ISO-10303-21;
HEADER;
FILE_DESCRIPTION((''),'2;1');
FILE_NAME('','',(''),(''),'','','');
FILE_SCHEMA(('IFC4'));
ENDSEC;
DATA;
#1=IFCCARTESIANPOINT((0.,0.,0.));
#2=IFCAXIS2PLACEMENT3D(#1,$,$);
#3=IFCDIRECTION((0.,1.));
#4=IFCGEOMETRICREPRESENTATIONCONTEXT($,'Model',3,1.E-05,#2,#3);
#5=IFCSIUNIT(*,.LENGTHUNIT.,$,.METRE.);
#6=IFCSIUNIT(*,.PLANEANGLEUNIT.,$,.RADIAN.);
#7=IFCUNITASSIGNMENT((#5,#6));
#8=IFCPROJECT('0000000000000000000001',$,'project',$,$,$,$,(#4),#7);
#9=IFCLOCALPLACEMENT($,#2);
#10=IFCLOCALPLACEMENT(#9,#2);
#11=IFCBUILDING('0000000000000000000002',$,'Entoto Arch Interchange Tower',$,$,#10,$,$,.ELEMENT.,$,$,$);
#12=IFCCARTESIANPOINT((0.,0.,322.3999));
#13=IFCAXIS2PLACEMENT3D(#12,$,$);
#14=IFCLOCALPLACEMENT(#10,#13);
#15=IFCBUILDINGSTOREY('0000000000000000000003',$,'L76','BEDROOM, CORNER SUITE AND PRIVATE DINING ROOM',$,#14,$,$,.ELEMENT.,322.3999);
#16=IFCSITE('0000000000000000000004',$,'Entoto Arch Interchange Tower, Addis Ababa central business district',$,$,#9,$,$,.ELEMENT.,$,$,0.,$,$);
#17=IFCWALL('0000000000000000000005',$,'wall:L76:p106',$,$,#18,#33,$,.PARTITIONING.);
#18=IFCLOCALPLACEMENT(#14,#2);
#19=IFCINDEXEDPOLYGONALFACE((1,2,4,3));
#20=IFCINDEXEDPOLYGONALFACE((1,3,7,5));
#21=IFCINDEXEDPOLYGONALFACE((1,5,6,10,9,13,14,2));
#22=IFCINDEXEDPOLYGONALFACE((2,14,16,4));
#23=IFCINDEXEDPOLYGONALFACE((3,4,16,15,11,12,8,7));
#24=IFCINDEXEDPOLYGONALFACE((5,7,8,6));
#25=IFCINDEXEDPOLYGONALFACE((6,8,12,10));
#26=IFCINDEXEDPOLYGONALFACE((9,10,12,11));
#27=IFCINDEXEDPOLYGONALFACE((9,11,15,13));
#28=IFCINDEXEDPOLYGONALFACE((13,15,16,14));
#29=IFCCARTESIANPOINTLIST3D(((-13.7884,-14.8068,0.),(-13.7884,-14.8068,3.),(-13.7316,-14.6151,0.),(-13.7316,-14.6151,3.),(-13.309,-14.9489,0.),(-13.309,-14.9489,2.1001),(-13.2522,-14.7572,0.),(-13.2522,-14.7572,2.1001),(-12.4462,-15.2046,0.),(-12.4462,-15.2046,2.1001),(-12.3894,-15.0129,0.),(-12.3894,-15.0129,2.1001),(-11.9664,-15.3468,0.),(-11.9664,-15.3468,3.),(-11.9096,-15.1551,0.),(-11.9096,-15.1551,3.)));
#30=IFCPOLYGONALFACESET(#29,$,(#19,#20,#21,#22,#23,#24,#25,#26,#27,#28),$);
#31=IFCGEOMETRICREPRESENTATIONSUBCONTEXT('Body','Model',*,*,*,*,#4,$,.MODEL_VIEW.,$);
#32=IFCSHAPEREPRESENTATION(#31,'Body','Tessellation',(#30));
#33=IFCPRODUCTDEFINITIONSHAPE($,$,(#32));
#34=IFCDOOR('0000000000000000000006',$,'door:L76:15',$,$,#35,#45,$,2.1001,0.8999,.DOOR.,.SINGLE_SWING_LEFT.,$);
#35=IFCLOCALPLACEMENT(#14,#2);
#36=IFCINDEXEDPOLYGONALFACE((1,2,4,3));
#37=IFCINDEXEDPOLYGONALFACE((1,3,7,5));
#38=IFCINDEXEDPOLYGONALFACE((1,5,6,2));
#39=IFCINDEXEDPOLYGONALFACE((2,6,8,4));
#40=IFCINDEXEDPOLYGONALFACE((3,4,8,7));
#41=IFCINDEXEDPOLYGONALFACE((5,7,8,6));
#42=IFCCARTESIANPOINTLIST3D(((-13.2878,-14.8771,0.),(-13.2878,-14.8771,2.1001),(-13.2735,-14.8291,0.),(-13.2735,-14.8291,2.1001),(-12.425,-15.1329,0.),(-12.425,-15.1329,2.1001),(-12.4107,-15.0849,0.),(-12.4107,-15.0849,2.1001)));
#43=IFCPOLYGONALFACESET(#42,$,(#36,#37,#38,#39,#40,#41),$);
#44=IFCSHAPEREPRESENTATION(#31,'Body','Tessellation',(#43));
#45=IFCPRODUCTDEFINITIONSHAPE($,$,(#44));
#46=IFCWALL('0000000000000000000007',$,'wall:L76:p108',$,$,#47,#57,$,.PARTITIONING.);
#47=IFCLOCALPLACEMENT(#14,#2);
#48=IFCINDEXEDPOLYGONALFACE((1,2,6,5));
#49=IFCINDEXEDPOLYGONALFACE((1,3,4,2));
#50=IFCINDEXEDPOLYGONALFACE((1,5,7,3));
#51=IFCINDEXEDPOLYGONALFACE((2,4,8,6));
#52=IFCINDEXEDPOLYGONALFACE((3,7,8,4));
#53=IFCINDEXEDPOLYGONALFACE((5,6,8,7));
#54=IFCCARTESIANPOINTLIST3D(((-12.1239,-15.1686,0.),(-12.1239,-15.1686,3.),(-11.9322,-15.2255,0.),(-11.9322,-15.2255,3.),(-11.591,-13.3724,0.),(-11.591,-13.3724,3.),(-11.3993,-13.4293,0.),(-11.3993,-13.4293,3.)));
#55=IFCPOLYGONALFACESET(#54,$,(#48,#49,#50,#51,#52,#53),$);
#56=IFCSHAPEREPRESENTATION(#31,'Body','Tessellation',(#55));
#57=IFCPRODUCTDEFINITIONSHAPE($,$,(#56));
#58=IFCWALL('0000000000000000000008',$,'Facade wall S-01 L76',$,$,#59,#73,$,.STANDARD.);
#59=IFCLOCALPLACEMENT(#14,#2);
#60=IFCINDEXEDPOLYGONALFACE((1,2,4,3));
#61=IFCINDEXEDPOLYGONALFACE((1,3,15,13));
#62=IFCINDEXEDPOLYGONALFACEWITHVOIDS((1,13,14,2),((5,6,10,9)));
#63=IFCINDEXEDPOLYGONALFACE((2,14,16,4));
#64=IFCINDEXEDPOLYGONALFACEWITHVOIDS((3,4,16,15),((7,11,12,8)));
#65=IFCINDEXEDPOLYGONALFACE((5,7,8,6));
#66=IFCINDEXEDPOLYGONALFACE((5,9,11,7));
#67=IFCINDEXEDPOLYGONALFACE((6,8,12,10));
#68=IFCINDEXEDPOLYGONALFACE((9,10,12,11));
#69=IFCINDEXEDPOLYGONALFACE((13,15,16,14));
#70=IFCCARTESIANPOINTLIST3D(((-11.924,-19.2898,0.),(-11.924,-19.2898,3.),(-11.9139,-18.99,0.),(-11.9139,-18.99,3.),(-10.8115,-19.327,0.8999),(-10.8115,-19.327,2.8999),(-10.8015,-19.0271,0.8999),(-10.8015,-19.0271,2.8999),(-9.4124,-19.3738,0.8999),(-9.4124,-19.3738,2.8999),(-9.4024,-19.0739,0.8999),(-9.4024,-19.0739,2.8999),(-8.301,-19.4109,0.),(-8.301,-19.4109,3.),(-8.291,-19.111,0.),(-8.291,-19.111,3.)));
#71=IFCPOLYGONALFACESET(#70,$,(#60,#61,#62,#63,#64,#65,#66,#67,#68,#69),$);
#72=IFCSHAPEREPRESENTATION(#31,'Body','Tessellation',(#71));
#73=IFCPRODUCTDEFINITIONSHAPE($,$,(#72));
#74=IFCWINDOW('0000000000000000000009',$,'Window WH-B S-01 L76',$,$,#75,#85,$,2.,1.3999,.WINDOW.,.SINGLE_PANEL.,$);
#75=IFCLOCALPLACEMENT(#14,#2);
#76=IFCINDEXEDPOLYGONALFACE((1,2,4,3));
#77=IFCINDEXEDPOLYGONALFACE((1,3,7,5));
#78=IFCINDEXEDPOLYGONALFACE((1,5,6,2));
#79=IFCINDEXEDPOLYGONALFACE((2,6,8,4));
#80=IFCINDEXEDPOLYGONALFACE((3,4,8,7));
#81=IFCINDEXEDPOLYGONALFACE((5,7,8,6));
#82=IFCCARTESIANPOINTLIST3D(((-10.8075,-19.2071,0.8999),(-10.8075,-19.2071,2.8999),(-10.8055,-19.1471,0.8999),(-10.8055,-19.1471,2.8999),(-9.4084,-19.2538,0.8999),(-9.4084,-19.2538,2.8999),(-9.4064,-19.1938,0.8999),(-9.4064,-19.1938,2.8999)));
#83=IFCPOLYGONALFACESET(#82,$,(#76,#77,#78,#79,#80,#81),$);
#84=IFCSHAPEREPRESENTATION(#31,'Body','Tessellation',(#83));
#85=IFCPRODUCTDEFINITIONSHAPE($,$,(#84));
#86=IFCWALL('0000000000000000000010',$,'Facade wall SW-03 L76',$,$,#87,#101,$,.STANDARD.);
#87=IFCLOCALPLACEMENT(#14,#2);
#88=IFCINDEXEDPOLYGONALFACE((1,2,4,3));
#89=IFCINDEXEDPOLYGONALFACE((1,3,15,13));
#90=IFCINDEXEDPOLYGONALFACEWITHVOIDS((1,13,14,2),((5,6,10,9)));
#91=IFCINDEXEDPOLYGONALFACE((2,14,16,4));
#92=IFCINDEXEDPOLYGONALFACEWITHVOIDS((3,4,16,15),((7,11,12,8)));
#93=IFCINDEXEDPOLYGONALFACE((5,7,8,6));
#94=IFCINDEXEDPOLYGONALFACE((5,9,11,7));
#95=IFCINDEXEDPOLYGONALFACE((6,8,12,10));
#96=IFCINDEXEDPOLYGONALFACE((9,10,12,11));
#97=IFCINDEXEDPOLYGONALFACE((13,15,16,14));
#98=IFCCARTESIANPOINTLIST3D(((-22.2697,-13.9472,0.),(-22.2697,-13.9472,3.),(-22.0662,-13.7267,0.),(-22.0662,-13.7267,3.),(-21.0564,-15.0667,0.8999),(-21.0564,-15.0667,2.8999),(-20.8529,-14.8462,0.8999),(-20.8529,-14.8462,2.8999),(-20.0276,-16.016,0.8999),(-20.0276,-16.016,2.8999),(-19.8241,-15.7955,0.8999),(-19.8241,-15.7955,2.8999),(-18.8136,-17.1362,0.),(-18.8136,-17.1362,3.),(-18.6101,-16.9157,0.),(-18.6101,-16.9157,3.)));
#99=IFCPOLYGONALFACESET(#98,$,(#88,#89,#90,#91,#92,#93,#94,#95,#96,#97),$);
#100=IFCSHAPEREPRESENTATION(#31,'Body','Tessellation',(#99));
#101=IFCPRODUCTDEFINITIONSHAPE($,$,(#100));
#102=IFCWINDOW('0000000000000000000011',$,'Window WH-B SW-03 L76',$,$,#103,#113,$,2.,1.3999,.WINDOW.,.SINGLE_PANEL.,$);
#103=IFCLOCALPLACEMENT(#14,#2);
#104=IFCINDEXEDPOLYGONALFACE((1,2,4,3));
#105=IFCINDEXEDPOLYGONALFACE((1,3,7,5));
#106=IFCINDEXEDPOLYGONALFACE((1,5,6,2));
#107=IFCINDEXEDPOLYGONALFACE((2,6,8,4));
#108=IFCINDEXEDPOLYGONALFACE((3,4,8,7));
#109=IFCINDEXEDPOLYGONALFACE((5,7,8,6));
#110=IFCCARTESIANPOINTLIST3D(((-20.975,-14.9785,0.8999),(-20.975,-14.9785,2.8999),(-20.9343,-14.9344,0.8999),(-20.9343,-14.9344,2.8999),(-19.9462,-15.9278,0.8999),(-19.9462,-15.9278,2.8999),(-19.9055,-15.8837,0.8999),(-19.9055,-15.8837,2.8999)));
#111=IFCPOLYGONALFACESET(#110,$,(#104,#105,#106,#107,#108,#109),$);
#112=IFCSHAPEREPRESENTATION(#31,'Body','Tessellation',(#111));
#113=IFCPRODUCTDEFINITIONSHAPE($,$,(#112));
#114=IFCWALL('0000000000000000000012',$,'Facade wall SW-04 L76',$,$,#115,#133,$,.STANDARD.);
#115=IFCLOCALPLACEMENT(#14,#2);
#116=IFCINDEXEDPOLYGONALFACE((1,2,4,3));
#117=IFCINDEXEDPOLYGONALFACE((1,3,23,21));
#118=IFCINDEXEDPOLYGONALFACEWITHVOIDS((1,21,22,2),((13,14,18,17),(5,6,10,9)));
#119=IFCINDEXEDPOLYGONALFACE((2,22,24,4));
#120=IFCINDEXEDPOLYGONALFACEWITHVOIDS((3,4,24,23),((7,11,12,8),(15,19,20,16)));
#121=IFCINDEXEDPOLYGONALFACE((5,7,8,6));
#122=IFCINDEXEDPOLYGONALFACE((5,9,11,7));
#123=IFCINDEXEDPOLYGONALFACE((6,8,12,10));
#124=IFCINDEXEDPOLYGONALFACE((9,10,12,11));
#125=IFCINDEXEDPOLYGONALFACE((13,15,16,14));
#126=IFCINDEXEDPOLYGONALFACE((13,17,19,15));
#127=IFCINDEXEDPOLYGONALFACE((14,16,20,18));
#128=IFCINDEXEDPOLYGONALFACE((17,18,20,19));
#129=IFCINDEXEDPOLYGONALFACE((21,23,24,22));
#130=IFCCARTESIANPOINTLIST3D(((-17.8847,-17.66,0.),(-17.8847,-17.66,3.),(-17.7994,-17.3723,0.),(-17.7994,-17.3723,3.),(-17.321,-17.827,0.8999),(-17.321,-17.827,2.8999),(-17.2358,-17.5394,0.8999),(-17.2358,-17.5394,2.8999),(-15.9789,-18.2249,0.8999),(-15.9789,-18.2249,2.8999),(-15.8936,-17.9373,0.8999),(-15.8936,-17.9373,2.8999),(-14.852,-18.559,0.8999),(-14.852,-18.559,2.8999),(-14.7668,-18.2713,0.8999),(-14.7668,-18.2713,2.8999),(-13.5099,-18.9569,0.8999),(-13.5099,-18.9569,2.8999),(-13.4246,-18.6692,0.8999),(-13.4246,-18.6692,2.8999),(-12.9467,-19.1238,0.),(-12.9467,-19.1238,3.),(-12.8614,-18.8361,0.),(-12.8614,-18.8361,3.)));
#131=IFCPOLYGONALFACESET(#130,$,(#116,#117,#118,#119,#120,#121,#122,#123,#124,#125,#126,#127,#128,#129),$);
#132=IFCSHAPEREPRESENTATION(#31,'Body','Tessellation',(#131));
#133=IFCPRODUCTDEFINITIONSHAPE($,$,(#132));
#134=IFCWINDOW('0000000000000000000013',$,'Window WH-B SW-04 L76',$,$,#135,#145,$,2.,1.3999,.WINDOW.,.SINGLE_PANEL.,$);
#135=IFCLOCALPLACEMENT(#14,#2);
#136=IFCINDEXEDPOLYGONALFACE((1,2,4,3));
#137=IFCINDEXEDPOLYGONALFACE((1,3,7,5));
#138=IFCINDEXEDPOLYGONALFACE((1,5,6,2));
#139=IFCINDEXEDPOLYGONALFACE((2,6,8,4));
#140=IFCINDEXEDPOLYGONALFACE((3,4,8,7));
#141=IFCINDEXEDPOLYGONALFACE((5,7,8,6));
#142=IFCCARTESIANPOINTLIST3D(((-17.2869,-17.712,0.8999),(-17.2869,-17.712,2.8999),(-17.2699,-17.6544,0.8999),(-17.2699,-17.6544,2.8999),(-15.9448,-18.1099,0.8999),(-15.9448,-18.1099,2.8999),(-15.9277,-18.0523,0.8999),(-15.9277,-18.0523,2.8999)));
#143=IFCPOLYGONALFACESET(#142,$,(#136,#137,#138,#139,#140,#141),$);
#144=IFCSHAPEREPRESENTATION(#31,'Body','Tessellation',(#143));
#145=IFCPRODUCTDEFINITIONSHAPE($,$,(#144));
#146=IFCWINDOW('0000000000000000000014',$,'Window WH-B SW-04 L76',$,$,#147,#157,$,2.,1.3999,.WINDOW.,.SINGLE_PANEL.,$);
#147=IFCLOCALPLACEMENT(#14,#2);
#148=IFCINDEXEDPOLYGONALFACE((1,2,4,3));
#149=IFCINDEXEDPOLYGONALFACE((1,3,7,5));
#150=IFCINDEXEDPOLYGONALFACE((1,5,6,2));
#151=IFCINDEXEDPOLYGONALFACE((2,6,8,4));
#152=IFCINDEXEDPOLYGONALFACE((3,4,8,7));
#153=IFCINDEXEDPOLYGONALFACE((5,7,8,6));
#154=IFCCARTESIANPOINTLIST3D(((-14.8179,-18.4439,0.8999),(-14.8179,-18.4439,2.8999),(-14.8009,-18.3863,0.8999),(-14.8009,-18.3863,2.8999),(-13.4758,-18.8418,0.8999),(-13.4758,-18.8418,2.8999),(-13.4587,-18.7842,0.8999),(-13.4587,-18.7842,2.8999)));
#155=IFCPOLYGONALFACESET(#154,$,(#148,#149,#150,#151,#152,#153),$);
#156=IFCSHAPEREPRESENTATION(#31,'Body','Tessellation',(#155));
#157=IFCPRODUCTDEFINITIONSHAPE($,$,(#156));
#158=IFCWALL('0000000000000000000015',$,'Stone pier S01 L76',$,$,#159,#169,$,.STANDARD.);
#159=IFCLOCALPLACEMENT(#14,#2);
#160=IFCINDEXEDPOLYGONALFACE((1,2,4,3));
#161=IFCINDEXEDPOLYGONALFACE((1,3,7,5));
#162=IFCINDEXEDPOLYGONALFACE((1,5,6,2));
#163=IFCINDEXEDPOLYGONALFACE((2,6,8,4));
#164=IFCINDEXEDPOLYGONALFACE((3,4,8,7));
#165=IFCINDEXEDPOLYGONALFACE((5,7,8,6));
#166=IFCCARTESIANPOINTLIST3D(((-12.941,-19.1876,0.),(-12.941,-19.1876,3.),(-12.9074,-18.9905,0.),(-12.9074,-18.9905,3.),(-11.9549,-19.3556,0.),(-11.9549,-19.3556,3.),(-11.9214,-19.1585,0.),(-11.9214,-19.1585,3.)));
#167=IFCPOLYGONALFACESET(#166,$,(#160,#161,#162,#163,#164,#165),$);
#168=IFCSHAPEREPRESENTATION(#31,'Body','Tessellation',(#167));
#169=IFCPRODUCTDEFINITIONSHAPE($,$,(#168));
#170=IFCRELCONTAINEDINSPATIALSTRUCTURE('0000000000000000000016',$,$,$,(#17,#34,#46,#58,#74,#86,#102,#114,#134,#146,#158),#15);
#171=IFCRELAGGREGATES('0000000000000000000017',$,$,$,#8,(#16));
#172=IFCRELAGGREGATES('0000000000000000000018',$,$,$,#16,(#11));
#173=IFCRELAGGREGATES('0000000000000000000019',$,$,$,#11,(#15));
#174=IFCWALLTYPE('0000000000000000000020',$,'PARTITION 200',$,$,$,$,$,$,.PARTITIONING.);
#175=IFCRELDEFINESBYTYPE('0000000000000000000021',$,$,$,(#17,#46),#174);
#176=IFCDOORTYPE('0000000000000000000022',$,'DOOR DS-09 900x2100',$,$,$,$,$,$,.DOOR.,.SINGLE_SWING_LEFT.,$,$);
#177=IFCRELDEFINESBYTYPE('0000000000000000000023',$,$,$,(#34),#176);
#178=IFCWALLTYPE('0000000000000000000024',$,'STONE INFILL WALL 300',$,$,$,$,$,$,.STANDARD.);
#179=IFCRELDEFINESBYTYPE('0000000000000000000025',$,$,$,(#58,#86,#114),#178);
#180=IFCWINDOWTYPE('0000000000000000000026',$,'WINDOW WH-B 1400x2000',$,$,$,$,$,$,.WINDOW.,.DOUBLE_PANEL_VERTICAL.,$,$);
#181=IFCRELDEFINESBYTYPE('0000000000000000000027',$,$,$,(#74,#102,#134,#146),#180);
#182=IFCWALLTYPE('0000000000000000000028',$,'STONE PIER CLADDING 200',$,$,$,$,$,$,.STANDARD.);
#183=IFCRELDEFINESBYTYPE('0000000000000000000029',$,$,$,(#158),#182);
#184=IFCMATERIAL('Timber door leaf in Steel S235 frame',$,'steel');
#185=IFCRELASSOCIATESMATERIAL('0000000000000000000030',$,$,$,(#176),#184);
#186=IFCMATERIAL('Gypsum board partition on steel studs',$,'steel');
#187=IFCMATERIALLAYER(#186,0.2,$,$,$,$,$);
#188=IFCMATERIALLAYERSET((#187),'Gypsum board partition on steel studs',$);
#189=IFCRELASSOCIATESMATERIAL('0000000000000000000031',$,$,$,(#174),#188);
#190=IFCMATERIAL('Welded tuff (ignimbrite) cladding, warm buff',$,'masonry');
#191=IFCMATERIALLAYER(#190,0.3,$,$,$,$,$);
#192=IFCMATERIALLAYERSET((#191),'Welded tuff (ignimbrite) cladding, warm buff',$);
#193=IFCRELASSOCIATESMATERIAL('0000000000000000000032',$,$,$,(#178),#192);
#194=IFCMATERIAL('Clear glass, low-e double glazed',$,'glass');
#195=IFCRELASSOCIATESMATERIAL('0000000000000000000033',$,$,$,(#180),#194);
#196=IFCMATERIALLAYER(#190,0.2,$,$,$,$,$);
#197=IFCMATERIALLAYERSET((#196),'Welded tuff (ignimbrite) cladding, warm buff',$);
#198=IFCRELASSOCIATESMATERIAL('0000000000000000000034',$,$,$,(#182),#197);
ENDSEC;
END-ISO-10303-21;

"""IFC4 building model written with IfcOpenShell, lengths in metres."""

from ifc_helpers import new_model, si_unit, direction, frame, frame_2d, origin, place, context, subcontext, project, spatial, rectangle, extrude, material, layer, layer_set, type_object, element, fill, save


model = new_model("IFC4")

# Units and contexts
model_context = context("Model", 3, precision=1e-05, world=origin(), true_north=direction((0.0, 1.0)))
body_context = subcontext(model_context, "Body", "Model", "MODEL_VIEW")
ifc_project = project(units=[si_unit("LENGTHUNIT", "METRE"), si_unit("PLANEANGLEUNIT", "RADIAN")], contexts=[model_context])

# Site, building, storey
site_placement = place(None, origin())
site = spatial("IfcSite", under=ifc_project, at=site_placement, Name="Entoto Arch Interchange Tower, Addis Ababa central business district", CompositionType="ELEMENT", RefElevation=0.0)
building_placement = place(site_placement, origin())
building = spatial("IfcBuilding", under=site, at=building_placement, Name="Entoto Arch Interchange Tower", CompositionType="ELEMENT")
storey_placement = place(building_placement, frame((0.0, 0.0, 322.3999)))
storey = spatial("IfcBuildingStorey", under=building, at=storey_placement, Name="L76", Description="BEDROOM, CORNER SUITE AND PRIVATE DINING ROOM", CompositionType="ELEMENT", Elevation=322.3999)

# Shared definitions
ifc_material_1 = material(Name="Gypsum board partition on steel studs", Category="steel")
ifc_material_2 = material(Name="Timber door leaf in Steel S235 frame", Category="steel")
door_type = type_object("IfcDoorType", Name="DOOR DS-09 900x2100", OperationType="SINGLE_SWING_LEFT", PredefinedType="DOOR", material=ifc_material_2)

# Shared definitions
ifc_layer_1 = layer(ifc_material_1, 0.2)
ifc_layer_set_1 = layer_set([ifc_layer_1], Name="Gypsum board partition on steel studs")
wall_type_1 = type_object("IfcWallType", Name="PARTITION 200", PredefinedType="PARTITIONING", material=ifc_layer_set_1)

# Wall, opening, door
wall_1_placement = place(storey_placement, frame((-13.76, -14.7109, 0.0), z_axis=(0.0, 0.0, 1.0), x_axis=(0.958772, -0.284176, 0.0)))
wall_1 = element("IfcWall", 1, at=wall_1_placement, inside=storey, type_object=wall_type_1, Name="wall:L76:p106", PredefinedType="PARTITIONING", context=body_context, shape_type="SweptSolid", body=[
    extrude(rectangle(XDim=1.9004, YDim=0.2, at=frame_2d((0.9502, 0.0))), origin(), (0.0, 0.0, 1.0), 3.0),
])
opening_1_placement = place(wall_1_placement, frame((0.5, 0.0, 0.0)))
opening_1 = element("IfcOpeningElement", 2, at=opening_1_placement, cuts=wall_1, PredefinedType="OPENING", context=body_context, shape_type="SweptSolid", body=[
    extrude(rectangle(XDim=0.8999, YDim=2.1001, at=frame_2d((0.45, 1.05))), frame((0.0, 0.1099, 0.0), z_axis=(0.0, -1.0, 0.0), x_axis=(1.0, 0.0, 0.0)), (0.0, 0.0, 1.0), 0.22),
])
door_1_placement = place(opening_1_placement, origin())
door_1 = element("IfcDoor", 3, at=door_1_placement, inside=storey, type_object=door_type, Name="door:L76:15", OperationType="SINGLE_SWING_LEFT", OverallHeight=2.1001, OverallWidth=0.8999, PredefinedType="DOOR", context=body_context, shape_type="SweptSolid", body=[
    extrude(rectangle(XDim=0.8999, YDim=2.1001, at=frame_2d((0.45, 1.05))), frame((0.0, 0.0249, 0.0), z_axis=(0.0, -1.0, 0.0), x_axis=(1.0, 0.0, 0.0)), (0.0, 0.0, 1.0), 0.05),
])
fill(opening_1, door_1)

# Wall
wall_2_placement = place(storey_placement, frame((-11.4951, -13.4009, 0.0), z_axis=(0.0, 0.0, 1.0), x_axis=(-0.284465, -0.958686, 0.0)))
element("IfcWall", 4, at=wall_2_placement, inside=storey, type_object=wall_type_1, Name="wall:L76:p108", PredefinedType="PARTITIONING", context=body_context, shape_type="SweptSolid", body=[
    extrude(rectangle(XDim=1.8735, YDim=0.2, at=frame_2d((0.9368, 0.0))), origin(), (0.0, 0.0, 1.0), 3.0),
])

# Walls, openings, windows
ifc_material_3 = material(Name="Welded tuff (ignimbrite) cladding, warm buff", Category="masonry")
ifc_layer_2 = layer(ifc_material_3, 0.3)
ifc_layer_set_2 = layer_set([ifc_layer_2], Name="Welded tuff (ignimbrite) cladding, warm buff")
wall_type_2 = type_object("IfcWallType", Name="STONE INFILL WALL 300", PredefinedType="STANDARD", material=ifc_layer_set_2)
wall_3_placement = place(storey_placement, frame((-11.9189, -19.1399, 0.0), z_axis=(0.0, 0.0, 1.0), x_axis=(0.999442, -0.033405, 0.0)))
wall_3 = element("IfcWall", 5, at=wall_3_placement, inside=storey, type_object=wall_type_2, Name="Facade wall S-01 L76", PredefinedType="STANDARD", context=body_context, shape_type="SweptSolid", body=[
    extrude(rectangle(XDim=3.625, YDim=0.3, at=frame_2d((1.8125, 0.0))), origin(), (0.0, 0.0, 1.0), 3.0),
])
opening_2_placement = place(wall_3_placement, frame((1.113, 0.0, 0.8999)))
opening_2 = element("IfcOpeningElement", 6, at=opening_2_placement, cuts=wall_3, PredefinedType="OPENING", context=body_context, shape_type="SweptSolid", body=[
    extrude(rectangle(XDim=1.3999, YDim=2.0, at=frame_2d((0.7, 1.0))), frame((0.0, 0.1602, 0.0), z_axis=(0.0, -1.0, 0.0), x_axis=(1.0, 0.0, 0.0)), (0.0, 0.0, 1.0), 0.3201),
])
ifc_material_4 = material(Name="Clear glass, low-e double glazed", Category="glass")
window_type = type_object("IfcWindowType", Name="WINDOW WH-B 1400x2000", PartitioningType="DOUBLE_PANEL_VERTICAL", PredefinedType="WINDOW", material=ifc_material_4)
window_1_placement = place(opening_2_placement, origin())
window_1 = element("IfcWindow", 7, at=window_1_placement, inside=storey, type_object=window_type, Name="Window WH-B S-01 L76", OverallHeight=2.0, OverallWidth=1.3999, PartitioningType="SINGLE_PANEL", PredefinedType="WINDOW", context=body_context, shape_type="SweptSolid", body=[
    extrude(rectangle(XDim=1.3999, YDim=2.0, at=frame_2d((0.7, 1.0))), frame((0.0, 0.03, 0.0), z_axis=(0.0, -1.0, 0.0), x_axis=(1.0, 0.0, 0.0)), (0.0, 0.0, 1.0), 0.0601),
])
fill(opening_2, window_1)
wall_4_placement = place(storey_placement, frame((-22.168, -13.8369, 0.0), z_axis=(0.0, 0.0, 1.0), x_axis=(0.734935, -0.678138, 0.0)))
wall_4 = element("IfcWall", 8, at=wall_4_placement, inside=storey, type_object=wall_type_2, Name="Facade wall SW-03 L76", PredefinedType="STANDARD", context=body_context, shape_type="SweptSolid", body=[
    extrude(rectangle(XDim=4.7026, YDim=0.3, at=frame_2d((2.3513, 0.0))), origin(), (0.0, 0.0, 1.0), 3.0),
])
opening_3_placement = place(wall_4_placement, frame((1.6509, 0.0, 0.8999)))
opening_3 = element("IfcOpeningElement", 9, at=opening_3_placement, cuts=wall_4, PredefinedType="OPENING", context=body_context, shape_type="SweptSolid", body=[
    extrude(rectangle(XDim=1.3999, YDim=2.0, at=frame_2d((0.7, 1.0))), frame((0.0, 0.1602, 0.0), z_axis=(0.0, -1.0, 0.0), x_axis=(1.0, 0.0, 0.0)), (0.0, 0.0, 1.0), 0.3201),
])
window_2_placement = place(opening_3_placement, origin())
window_2 = element("IfcWindow", 10, at=window_2_placement, inside=storey, type_object=window_type, Name="Window WH-B SW-03 L76", OverallHeight=2.0, OverallWidth=1.3999, PartitioningType="SINGLE_PANEL", PredefinedType="WINDOW", context=body_context, shape_type="SweptSolid", body=[
    extrude(rectangle(XDim=1.3999, YDim=2.0, at=frame_2d((0.7, 1.0))), frame((0.0, 0.03, 0.0), z_axis=(0.0, -1.0, 0.0), x_axis=(1.0, 0.0, 0.0)), (0.0, 0.0, 1.0), 0.0601),
])
fill(opening_3, window_2)

# Wall, openings, windows
wall_5_placement = place(storey_placement, frame((-17.842, -17.5161, 0.0), z_axis=(0.0, 0.0, 1.0), x_axis=(0.958758, -0.284224, 0.0)))
wall_5 = element("IfcWall", 11, at=wall_5_placement, inside=storey, type_object=wall_type_2, Name="Facade wall SW-04 L76", PredefinedType="STANDARD", context=body_context, shape_type="SweptSolid", body=[
    extrude(rectangle(XDim=5.1504, YDim=0.3, at=frame_2d((2.5752, 0.0))), origin(), (0.0, 0.0, 1.0), 3.0),
])
opening_4_placement = place(wall_5_placement, frame((0.5879, 0.0, 0.8999)))
opening_4 = element("IfcOpeningElement", 12, at=opening_4_placement, cuts=wall_5, PredefinedType="OPENING", context=body_context, shape_type="SweptSolid", body=[
    extrude(rectangle(XDim=1.3999, YDim=2.0, at=frame_2d((0.7, 1.0))), frame((0.0, 0.1602, 0.0), z_axis=(0.0, -1.0, 0.0), x_axis=(1.0, 0.0, 0.0)), (0.0, 0.0, 1.0), 0.3201),
])
opening_5_placement = place(wall_5_placement, frame((3.1631, 0.0, 0.8999)))
opening_5 = element("IfcOpeningElement", 13, at=opening_5_placement, cuts=wall_5, PredefinedType="OPENING", context=body_context, shape_type="SweptSolid", body=[
    extrude(rectangle(XDim=1.3999, YDim=2.0, at=frame_2d((0.7, 1.0))), frame((0.0, 0.1602, 0.0), z_axis=(0.0, -1.0, 0.0), x_axis=(1.0, 0.0, 0.0)), (0.0, 0.0, 1.0), 0.3201),
])
window_3_placement = place(opening_4_placement, origin())
window_3 = element("IfcWindow", 14, at=window_3_placement, inside=storey, type_object=window_type, Name="Window WH-B SW-04 L76", OverallHeight=2.0, OverallWidth=1.3999, PartitioningType="SINGLE_PANEL", PredefinedType="WINDOW", context=body_context, shape_type="SweptSolid", body=[
    extrude(rectangle(XDim=1.3999, YDim=2.0, at=frame_2d((0.7, 1.0))), frame((0.0, 0.03, 0.0), z_axis=(0.0, -1.0, 0.0), x_axis=(1.0, 0.0, 0.0)), (0.0, 0.0, 1.0), 0.0601),
])
fill(opening_4, window_3)
window_4_placement = place(opening_5_placement, origin())
window_4 = element("IfcWindow", 15, at=window_4_placement, inside=storey, type_object=window_type, Name="Window WH-B SW-04 L76", OverallHeight=2.0, OverallWidth=1.3999, PartitioningType="SINGLE_PANEL", PredefinedType="WINDOW", context=body_context, shape_type="SweptSolid", body=[
    extrude(rectangle(XDim=1.3999, YDim=2.0, at=frame_2d((0.7, 1.0))), frame((0.0, 0.03, 0.0), z_axis=(0.0, -1.0, 0.0), x_axis=(1.0, 0.0, 0.0)), (0.0, 0.0, 1.0), 0.0601),
])
fill(opening_5, window_4)

# Wall
ifc_layer_3 = layer(ifc_material_3, 0.2)
ifc_layer_set_3 = layer_set([ifc_layer_3], Name="Welded tuff (ignimbrite) cladding, warm buff")
wall_type_3 = type_object("IfcWallType", Name="STONE PIER CLADDING 200", PredefinedType="STANDARD", material=ifc_layer_set_3)
wall_6_placement = place(storey_placement, frame((-12.9241, -19.0891, 0.0), z_axis=(0.0, 0.0, 1.0), x_axis=(0.985801, -0.16792, 0.0)))
element("IfcWall", 16, at=wall_6_placement, inside=storey, type_object=wall_type_3, Name="Stone pier S01 L76", PredefinedType="STANDARD", context=body_context, shape_type="SweptSolid", body=[
    extrude(rectangle(XDim=1.0002, YDim=0.2, at=frame_2d((0.5, 0.0))), origin(), (0.0, 0.0, 1.0), 3.0),
])

save(model, "model.ifc")
